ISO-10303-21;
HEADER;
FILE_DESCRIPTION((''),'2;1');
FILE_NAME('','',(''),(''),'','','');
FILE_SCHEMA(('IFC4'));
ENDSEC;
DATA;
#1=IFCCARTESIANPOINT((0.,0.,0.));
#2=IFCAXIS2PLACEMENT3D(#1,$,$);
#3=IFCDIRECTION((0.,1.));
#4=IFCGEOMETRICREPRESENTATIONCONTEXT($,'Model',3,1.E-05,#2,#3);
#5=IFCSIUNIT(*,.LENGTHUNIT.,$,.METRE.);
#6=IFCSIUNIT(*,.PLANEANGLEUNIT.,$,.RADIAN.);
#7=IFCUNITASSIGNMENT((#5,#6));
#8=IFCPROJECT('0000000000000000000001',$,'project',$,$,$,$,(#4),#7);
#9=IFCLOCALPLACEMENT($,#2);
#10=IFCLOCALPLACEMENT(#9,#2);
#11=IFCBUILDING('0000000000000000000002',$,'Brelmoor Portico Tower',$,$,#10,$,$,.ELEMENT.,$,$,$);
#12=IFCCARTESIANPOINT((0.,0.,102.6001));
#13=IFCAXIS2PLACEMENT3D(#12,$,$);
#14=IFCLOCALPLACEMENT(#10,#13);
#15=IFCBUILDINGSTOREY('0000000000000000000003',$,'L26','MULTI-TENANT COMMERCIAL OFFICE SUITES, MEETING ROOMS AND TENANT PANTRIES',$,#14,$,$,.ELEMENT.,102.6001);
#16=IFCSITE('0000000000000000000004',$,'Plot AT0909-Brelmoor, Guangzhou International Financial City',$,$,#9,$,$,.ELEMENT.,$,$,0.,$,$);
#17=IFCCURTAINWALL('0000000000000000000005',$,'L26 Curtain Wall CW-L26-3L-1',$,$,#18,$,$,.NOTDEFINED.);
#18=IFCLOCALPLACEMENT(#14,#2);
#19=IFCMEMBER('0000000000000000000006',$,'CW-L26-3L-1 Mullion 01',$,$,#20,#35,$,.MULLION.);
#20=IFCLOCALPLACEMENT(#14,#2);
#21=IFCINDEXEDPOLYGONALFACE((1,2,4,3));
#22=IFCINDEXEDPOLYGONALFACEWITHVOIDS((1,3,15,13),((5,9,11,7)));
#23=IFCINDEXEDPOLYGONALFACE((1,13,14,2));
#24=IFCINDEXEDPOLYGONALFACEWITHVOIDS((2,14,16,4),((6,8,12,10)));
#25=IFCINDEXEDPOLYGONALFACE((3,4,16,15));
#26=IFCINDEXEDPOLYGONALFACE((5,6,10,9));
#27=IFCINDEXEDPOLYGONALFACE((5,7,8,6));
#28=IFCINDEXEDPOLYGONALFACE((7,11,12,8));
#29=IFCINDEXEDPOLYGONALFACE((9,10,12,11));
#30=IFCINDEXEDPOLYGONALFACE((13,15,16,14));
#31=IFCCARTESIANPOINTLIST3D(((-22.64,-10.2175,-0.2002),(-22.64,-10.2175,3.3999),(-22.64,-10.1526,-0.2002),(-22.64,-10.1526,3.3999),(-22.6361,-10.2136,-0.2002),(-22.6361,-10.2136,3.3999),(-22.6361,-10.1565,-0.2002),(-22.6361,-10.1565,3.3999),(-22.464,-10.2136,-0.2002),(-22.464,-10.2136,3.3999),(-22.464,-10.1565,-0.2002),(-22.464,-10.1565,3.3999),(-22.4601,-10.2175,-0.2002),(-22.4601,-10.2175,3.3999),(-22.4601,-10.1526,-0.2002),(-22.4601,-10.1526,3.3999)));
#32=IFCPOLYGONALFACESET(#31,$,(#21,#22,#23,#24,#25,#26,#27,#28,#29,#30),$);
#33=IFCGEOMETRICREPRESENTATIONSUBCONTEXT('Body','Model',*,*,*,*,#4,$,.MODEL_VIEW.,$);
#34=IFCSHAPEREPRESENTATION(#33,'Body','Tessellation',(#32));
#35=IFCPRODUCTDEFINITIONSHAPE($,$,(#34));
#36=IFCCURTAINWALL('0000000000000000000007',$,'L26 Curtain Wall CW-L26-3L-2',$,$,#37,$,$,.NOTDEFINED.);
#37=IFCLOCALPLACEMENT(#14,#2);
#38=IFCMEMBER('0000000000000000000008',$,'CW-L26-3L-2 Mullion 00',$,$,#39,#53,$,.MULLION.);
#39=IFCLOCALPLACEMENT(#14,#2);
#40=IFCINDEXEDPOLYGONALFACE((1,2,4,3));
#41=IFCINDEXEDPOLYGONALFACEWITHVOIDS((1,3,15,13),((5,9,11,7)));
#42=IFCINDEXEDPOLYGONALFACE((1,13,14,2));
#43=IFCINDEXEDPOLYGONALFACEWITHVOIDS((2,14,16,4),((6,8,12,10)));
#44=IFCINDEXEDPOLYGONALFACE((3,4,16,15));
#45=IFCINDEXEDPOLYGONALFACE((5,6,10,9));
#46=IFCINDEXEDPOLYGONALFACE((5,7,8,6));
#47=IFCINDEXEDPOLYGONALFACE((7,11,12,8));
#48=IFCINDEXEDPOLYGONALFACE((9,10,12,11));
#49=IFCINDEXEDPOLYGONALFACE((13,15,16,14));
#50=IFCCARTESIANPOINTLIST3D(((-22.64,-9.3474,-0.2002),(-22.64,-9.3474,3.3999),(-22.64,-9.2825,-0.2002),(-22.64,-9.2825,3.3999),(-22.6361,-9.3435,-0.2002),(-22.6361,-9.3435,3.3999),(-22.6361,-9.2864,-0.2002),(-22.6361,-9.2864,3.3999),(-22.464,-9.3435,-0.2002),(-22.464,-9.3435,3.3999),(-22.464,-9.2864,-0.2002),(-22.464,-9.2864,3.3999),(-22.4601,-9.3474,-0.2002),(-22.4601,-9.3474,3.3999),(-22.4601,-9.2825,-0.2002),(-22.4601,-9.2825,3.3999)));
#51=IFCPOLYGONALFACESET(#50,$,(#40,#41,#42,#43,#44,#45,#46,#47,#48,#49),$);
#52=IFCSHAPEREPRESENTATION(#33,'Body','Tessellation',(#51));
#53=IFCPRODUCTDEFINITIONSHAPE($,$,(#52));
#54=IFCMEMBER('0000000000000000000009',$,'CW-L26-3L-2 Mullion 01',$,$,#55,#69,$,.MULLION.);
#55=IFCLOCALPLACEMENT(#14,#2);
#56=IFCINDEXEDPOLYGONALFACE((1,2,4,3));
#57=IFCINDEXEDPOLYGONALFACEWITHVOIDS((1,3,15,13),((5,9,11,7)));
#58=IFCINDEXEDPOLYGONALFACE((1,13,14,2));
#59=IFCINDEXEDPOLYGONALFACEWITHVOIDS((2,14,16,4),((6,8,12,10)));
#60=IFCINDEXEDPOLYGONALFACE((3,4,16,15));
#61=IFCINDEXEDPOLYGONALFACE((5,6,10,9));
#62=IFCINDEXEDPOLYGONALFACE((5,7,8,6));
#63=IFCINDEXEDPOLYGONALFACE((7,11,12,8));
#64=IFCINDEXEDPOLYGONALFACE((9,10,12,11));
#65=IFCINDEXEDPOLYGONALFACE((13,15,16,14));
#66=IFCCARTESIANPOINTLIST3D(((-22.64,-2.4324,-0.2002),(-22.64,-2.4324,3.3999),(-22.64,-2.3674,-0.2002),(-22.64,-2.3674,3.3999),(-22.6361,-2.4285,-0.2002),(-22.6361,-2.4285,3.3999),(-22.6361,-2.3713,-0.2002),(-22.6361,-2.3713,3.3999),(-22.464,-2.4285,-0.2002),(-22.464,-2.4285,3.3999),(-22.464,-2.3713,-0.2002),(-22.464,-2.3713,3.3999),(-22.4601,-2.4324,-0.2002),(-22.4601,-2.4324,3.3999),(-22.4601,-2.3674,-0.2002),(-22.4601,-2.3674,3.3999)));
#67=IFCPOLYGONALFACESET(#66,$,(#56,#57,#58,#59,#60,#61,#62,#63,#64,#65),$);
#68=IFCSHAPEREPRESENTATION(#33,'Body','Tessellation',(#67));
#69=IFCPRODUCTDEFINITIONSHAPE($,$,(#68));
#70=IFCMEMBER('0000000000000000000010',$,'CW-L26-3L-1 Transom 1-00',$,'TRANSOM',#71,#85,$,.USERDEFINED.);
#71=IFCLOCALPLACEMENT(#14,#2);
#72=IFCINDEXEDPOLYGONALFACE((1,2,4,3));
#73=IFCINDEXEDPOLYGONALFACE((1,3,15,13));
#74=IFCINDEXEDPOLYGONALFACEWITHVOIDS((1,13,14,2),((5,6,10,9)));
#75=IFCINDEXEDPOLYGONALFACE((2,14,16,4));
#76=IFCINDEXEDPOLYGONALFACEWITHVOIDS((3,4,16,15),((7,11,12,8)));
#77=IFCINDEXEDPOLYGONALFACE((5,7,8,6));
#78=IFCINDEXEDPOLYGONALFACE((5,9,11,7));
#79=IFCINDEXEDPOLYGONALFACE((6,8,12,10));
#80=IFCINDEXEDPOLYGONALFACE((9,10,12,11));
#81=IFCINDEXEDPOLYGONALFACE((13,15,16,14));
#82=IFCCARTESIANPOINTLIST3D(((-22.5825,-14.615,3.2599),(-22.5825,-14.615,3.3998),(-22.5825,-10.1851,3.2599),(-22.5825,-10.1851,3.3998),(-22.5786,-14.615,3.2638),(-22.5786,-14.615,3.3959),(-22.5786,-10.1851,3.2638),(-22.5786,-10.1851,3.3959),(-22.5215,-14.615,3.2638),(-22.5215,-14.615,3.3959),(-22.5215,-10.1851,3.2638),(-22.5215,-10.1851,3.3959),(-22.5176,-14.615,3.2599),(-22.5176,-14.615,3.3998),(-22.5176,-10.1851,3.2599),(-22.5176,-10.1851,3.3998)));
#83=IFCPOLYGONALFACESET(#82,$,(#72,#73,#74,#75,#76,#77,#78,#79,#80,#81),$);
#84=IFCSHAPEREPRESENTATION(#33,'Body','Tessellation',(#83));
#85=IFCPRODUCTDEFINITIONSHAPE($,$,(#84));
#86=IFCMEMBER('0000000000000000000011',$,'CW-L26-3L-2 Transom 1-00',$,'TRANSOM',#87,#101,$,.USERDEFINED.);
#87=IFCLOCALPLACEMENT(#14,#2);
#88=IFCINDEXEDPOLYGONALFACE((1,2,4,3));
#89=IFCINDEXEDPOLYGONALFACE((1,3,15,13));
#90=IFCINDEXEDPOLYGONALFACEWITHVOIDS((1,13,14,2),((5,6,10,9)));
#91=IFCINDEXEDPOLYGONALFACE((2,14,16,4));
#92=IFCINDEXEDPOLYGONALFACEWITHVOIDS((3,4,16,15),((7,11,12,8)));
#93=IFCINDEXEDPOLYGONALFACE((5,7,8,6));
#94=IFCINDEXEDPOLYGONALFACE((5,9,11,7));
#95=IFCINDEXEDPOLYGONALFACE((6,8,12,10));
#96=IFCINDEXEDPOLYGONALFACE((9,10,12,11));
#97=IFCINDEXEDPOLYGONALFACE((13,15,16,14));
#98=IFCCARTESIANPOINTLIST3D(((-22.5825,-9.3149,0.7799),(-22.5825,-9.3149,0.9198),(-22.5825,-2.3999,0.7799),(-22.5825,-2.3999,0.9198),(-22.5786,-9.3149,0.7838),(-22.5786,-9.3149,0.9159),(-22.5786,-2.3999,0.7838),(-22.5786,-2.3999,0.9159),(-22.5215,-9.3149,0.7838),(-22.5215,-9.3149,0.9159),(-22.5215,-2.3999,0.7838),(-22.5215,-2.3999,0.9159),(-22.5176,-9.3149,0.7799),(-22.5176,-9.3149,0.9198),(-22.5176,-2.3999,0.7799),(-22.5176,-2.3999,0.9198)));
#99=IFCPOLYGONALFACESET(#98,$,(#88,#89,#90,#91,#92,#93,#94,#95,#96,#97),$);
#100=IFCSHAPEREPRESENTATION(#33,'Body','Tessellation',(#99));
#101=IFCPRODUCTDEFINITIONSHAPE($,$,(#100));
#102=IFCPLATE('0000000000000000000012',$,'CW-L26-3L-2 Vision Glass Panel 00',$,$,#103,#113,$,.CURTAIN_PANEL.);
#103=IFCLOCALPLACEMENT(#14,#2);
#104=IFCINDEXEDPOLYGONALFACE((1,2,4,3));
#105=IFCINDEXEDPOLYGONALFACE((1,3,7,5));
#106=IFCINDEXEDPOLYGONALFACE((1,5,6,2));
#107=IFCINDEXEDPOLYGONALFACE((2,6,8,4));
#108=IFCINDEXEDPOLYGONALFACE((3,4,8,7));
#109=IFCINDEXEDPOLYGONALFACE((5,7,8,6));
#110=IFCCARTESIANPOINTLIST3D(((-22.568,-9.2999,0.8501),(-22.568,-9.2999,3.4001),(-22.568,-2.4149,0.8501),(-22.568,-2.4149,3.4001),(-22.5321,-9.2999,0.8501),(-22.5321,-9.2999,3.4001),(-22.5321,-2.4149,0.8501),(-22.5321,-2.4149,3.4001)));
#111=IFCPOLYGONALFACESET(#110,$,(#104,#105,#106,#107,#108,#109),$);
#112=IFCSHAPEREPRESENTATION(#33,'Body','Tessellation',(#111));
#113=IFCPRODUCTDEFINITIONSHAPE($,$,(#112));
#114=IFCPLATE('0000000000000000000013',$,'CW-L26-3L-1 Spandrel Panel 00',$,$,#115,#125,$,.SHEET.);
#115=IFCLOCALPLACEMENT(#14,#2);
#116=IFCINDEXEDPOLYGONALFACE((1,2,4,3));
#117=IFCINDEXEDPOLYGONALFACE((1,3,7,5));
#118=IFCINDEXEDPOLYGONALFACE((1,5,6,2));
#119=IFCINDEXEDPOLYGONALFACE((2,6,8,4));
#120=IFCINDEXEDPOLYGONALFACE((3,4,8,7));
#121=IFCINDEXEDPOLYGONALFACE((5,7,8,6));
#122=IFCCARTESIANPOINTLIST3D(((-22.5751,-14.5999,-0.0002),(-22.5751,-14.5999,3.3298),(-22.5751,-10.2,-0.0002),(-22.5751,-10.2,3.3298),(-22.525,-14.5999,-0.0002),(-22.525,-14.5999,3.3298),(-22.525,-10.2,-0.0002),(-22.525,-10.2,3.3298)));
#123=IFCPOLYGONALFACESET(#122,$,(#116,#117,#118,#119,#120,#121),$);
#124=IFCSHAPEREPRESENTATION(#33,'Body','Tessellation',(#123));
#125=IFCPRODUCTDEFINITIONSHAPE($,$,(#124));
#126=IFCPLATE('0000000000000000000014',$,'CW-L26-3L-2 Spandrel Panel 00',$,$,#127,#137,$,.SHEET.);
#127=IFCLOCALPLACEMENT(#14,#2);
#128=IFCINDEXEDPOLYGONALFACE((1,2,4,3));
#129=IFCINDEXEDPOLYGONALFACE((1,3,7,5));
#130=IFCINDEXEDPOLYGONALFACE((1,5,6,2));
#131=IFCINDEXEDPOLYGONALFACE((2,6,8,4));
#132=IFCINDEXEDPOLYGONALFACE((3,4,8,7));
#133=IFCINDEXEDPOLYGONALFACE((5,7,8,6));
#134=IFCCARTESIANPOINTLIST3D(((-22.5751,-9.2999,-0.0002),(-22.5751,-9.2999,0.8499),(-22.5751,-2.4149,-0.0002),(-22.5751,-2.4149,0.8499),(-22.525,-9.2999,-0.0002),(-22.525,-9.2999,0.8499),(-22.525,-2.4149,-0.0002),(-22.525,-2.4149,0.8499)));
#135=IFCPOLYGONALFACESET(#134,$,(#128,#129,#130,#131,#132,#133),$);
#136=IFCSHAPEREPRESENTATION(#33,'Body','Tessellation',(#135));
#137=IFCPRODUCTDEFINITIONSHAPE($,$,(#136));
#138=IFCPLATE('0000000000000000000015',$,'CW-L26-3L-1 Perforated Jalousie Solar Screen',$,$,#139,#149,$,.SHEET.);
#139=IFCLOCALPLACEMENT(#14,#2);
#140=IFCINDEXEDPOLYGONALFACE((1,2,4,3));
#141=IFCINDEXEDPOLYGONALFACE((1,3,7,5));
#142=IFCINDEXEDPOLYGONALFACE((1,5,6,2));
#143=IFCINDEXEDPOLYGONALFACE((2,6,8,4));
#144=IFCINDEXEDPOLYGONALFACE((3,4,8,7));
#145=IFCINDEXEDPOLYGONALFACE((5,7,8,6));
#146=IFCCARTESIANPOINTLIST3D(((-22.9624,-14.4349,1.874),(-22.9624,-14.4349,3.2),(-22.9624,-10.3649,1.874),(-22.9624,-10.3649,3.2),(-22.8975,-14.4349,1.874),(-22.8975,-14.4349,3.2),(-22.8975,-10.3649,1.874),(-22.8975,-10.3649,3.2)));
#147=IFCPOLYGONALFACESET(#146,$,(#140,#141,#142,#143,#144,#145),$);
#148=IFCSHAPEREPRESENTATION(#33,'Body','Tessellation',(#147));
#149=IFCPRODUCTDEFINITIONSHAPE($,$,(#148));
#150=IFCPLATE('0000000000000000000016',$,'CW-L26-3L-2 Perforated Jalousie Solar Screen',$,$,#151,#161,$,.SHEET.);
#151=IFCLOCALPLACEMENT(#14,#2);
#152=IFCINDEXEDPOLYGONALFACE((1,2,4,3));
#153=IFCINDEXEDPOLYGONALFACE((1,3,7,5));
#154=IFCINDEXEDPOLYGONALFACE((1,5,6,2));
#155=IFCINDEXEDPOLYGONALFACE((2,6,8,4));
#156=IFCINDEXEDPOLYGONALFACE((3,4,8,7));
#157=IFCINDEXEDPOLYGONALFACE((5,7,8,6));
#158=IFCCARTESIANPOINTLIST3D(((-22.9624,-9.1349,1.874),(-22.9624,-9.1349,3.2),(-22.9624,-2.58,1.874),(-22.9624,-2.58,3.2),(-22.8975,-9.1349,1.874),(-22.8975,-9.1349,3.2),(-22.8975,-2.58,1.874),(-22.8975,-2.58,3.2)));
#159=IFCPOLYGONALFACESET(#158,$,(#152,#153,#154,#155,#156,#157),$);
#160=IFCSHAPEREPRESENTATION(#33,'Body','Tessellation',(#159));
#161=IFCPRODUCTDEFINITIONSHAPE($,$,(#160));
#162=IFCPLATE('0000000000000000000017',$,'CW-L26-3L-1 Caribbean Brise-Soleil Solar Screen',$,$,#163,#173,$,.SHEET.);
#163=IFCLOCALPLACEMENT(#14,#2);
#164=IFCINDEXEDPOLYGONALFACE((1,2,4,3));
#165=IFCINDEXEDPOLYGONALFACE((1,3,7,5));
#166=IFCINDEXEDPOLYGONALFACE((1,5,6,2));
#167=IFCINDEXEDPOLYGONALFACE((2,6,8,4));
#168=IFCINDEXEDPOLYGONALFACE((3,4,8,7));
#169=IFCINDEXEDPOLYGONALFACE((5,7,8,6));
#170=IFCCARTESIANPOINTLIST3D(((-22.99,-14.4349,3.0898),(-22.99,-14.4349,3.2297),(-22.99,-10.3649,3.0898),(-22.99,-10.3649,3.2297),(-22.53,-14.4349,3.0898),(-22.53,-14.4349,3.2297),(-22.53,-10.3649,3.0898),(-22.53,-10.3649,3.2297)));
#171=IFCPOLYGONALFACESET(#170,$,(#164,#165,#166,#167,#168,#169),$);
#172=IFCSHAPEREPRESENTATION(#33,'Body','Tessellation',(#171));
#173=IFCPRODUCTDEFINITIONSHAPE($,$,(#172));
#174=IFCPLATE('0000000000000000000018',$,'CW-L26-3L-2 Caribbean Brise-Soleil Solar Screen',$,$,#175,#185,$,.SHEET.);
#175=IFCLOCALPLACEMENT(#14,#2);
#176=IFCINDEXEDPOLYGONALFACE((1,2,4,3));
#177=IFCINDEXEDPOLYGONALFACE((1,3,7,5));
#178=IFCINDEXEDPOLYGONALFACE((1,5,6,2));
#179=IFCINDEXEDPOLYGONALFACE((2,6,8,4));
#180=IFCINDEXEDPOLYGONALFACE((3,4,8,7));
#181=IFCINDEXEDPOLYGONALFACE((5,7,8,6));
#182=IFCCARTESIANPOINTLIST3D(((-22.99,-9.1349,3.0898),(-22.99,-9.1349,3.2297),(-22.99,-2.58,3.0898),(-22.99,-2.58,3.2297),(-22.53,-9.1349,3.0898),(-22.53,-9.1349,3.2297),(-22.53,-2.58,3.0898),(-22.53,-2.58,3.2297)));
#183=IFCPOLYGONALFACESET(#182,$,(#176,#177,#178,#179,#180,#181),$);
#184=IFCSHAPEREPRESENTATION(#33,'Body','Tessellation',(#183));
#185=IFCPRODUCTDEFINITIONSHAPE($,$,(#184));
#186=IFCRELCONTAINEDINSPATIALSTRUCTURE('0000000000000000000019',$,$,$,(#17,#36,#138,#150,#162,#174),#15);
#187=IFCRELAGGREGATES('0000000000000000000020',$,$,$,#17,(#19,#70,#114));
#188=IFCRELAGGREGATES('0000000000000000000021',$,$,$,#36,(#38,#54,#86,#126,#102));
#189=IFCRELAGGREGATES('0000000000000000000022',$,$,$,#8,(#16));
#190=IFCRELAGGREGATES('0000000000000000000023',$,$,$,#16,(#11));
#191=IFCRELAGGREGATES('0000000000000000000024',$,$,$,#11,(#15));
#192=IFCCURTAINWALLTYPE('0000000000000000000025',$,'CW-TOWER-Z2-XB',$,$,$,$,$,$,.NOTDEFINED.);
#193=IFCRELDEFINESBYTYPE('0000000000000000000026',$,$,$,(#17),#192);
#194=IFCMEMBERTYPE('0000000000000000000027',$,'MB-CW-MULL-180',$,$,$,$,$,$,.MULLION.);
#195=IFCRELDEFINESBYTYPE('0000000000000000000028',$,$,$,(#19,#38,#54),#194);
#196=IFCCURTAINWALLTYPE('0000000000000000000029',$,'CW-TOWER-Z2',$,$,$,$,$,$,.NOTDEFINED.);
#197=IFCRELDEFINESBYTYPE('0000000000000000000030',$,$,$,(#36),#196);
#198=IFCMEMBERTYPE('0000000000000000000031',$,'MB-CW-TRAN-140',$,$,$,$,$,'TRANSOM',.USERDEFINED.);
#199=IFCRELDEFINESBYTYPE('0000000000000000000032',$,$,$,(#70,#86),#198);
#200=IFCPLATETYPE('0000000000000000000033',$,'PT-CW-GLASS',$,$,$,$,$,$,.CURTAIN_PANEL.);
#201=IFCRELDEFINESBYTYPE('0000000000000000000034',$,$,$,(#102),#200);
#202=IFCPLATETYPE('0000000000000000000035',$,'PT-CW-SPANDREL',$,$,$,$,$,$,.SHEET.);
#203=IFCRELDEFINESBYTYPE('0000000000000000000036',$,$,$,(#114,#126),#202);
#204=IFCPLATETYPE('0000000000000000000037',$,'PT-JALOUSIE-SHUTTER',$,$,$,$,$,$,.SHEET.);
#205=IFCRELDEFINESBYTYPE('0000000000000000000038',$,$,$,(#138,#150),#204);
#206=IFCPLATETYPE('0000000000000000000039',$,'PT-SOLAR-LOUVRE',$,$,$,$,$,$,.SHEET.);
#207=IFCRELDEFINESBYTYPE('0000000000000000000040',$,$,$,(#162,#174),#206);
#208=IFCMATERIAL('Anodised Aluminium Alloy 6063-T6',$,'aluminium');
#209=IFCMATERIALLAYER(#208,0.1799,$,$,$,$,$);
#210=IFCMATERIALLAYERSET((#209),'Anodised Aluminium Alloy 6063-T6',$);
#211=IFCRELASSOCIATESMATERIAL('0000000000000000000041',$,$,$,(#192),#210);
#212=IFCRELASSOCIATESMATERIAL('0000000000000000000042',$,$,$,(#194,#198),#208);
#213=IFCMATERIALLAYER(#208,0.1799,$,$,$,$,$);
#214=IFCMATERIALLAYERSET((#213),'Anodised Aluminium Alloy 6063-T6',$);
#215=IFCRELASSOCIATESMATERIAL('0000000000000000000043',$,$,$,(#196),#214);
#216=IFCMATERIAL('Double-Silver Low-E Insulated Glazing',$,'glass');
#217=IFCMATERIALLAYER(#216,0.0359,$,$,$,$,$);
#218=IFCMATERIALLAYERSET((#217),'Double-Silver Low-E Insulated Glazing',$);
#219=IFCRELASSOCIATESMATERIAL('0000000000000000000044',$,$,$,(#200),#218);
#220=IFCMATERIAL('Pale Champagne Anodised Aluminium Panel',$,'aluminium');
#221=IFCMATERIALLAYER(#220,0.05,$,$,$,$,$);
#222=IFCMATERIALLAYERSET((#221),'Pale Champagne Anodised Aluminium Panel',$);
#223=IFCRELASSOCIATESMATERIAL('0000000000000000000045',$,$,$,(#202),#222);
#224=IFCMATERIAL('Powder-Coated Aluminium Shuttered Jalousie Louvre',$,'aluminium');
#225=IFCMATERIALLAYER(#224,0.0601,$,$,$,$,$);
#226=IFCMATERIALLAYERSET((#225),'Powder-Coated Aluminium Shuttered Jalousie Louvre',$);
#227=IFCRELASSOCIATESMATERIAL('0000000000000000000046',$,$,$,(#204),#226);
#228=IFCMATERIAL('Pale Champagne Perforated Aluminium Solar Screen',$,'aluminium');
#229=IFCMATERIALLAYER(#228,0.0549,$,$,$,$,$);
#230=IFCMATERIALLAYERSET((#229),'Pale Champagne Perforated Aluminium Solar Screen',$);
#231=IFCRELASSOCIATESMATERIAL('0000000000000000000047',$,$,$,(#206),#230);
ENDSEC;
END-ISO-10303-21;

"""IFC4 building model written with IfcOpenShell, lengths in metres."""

from ifc_helpers import new_model, si_unit, direction, frame, origin, origin_2d, place, context, subcontext, project, spatial, rectangle, hollow_rectangle, extrude, material, layer, layer_set, material_profile, profile_set, type_object, element, aggregate, save


model = new_model("IFC4")

# Units and contexts
model_context = context("Model", 3, precision=1e-05, world=origin(), true_north=direction((0.0, 1.0)))
body_context = subcontext(model_context, "Body", "Model", "MODEL_VIEW")
ifc_project = project(units=[si_unit("LENGTHUNIT", "METRE"), si_unit("PLANEANGLEUNIT", "RADIAN")], contexts=[model_context])

# Site, building, storey
site_placement = place(None, origin())
site = spatial("IfcSite", under=ifc_project, at=site_placement, Name="Plot AT0909-Brelmoor, Guangzhou International Financial City", CompositionType="ELEMENT", RefElevation=0.0)
building_placement = place(site_placement, origin())
building = spatial("IfcBuilding", under=site, at=building_placement, Name="Brelmoor Portico Tower", CompositionType="ELEMENT")
storey_placement = place(building_placement, frame((0.0, 0.0, 102.6001)))
storey = spatial("IfcBuildingStorey", under=building, at=storey_placement, Name="L26", Description="MULTI-TENANT COMMERCIAL OFFICE SUITES, MEETING ROOMS AND TENANT PANTRIES", CompositionType="ELEMENT", Elevation=102.6001)

# Shared definitions
ifc_material_1 = material(Name="Anodised Aluminium Alloy 6063-T6", Category="aluminium")

# Curtain walls, members
ifc_layer_1 = layer(ifc_material_1, 0.1799)
ifc_layer_set_1 = layer_set([ifc_layer_1], Name="Anodised Aluminium Alloy 6063-T6")
curtain_wall_type_1 = type_object("IfcCurtainWallType", Name="CW-TOWER-Z2-XB", PredefinedType="NOTDEFINED", material=ifc_layer_set_1)
curtain_wall_1_placement = place(storey_placement, origin())
curtain_wall_1 = element("IfcCurtainWall", 1, at=curtain_wall_1_placement, inside=storey, type_object=curtain_wall_type_1, Name="L26 Curtain Wall CW-L26-3L-1", PredefinedType="NOTDEFINED")
ifc_material_profile_1 = material_profile(ifc_material_1, hollow_rectangle(XDim=0.0649, YDim=0.1799, WallThickness=0.0039, at=origin_2d()), Name="ALU MULLION 65x180")
ifc_profile_set_1 = profile_set([ifc_material_profile_1], Name="Anodised Aluminium Alloy 6063-T6")
member_type_1 = type_object("IfcMemberType", Name="MB-CW-MULL-180", PredefinedType="MULLION", material=ifc_profile_set_1)
member_1_placement = place(storey_placement, frame((-22.55, -10.1851, -0.2002), z_axis=(0.0, 0.0, 1.0), x_axis=(0.0, 1.0, 0.0)))
member_1 = element("IfcMember", 2, at=member_1_placement, type_object=member_type_1, Name="CW-L26-3L-1 Mullion 01", PredefinedType="MULLION", context=body_context, shape_type="SweptSolid", body=[
    extrude(hollow_rectangle(XDim=0.0649, YDim=0.1799, WallThickness=0.0039, at=origin_2d()), origin(), (0.0, 0.0, 1.0), 3.6001),
])
ifc_layer_2 = layer(ifc_material_1, 0.1799)
ifc_layer_set_2 = layer_set([ifc_layer_2], Name="Anodised Aluminium Alloy 6063-T6")
curtain_wall_type_2 = type_object("IfcCurtainWallType", Name="CW-TOWER-Z2", PredefinedType="NOTDEFINED", material=ifc_layer_set_2)
curtain_wall_2_placement = place(storey_placement, origin())
curtain_wall_2 = element("IfcCurtainWall", 3, at=curtain_wall_2_placement, inside=storey, type_object=curtain_wall_type_2, Name="L26 Curtain Wall CW-L26-3L-2", PredefinedType="NOTDEFINED")
member_2_placement = place(storey_placement, frame((-22.55, -9.3149, -0.2002), z_axis=(0.0, 0.0, 1.0), x_axis=(0.0, 1.0, 0.0)))
member_2 = element("IfcMember", 4, at=member_2_placement, type_object=member_type_1, Name="CW-L26-3L-2 Mullion 00", PredefinedType="MULLION", context=body_context, shape_type="SweptSolid", body=[
    extrude(hollow_rectangle(XDim=0.0649, YDim=0.1799, WallThickness=0.0039, at=origin_2d()), origin(), (0.0, 0.0, 1.0), 3.6001),
])
member_3_placement = place(storey_placement, frame((-22.55, -2.3999, -0.2002), z_axis=(0.0, 0.0, 1.0), x_axis=(0.0, 1.0, 0.0)))
member_3 = element("IfcMember", 5, at=member_3_placement, type_object=member_type_1, Name="CW-L26-3L-2 Mullion 01", PredefinedType="MULLION", context=body_context, shape_type="SweptSolid", body=[
    extrude(hollow_rectangle(XDim=0.0649, YDim=0.1799, WallThickness=0.0039, at=origin_2d()), origin(), (0.0, 0.0, 1.0), 3.6001),
])

# Members
ifc_material_profile_2 = material_profile(ifc_material_1, hollow_rectangle(XDim=0.0649, YDim=0.1399, WallThickness=0.0039, at=origin_2d()), Name="ALU TRANSOM 65x140")
ifc_profile_set_2 = profile_set([ifc_material_profile_2], Name="Anodised Aluminium Alloy 6063-T6")
member_type_2 = type_object("IfcMemberType", Name="MB-CW-TRAN-140", ElementType="TRANSOM", PredefinedType="USERDEFINED", material=ifc_profile_set_2)
member_4_placement = place(storey_placement, frame((-22.55, -14.615, 3.3298), z_axis=(0.0, 1.0, 0.0), x_axis=(-1.0, 0.0, 0.0)))
member_4 = element("IfcMember", 6, at=member_4_placement, type_object=member_type_2, Name="CW-L26-3L-1 Transom 1-00", ObjectType="TRANSOM", PredefinedType="USERDEFINED", context=body_context, shape_type="SweptSolid", body=[
    extrude(hollow_rectangle(XDim=0.0649, YDim=0.1399, WallThickness=0.0039, at=origin_2d()), origin(), (0.0, 0.0, 1.0), 4.4299),
])
member_5_placement = place(storey_placement, frame((-22.55, -9.3149, 0.8499), z_axis=(0.0, 1.0, 0.0), x_axis=(-1.0, 0.0, 0.0)))
member_5 = element("IfcMember", 7, at=member_5_placement, type_object=member_type_2, Name="CW-L26-3L-2 Transom 1-00", ObjectType="TRANSOM", PredefinedType="USERDEFINED", context=body_context, shape_type="SweptSolid", body=[
    extrude(hollow_rectangle(XDim=0.0649, YDim=0.1399, WallThickness=0.0039, at=origin_2d()), origin(), (0.0, 0.0, 1.0), 6.915),
])

# Plates
ifc_material_2 = material(Name="Double-Silver Low-E Insulated Glazing", Category="glass")
ifc_layer_3 = layer(ifc_material_2, 0.0359)
ifc_layer_set_3 = layer_set([ifc_layer_3], Name="Double-Silver Low-E Insulated Glazing")
plate_type_1 = type_object("IfcPlateType", Name="PT-CW-GLASS", PredefinedType="CURTAIN_PANEL", material=ifc_layer_set_3)
plate_1_placement = place(storey_placement, frame((-22.55, -5.8574, 0.8501), z_axis=(0.0, 0.0, 1.0), x_axis=(0.0, 1.0, 0.0)))
plate_1 = element("IfcPlate", 8, at=plate_1_placement, type_object=plate_type_1, Name="CW-L26-3L-2 Vision Glass Panel 00", PredefinedType="CURTAIN_PANEL", context=body_context, shape_type="SweptSolid", body=[
    extrude(rectangle(XDim=6.885, YDim=0.0359, at=origin_2d()), origin(), (0.0, 0.0, 1.0), 2.55),
])
ifc_material_3 = material(Name="Pale Champagne Anodised Aluminium Panel", Category="aluminium")
ifc_layer_4 = layer(ifc_material_3, 0.05)
ifc_layer_set_4 = layer_set([ifc_layer_4], Name="Pale Champagne Anodised Aluminium Panel")
plate_type_2 = type_object("IfcPlateType", Name="PT-CW-SPANDREL", PredefinedType="SHEET", material=ifc_layer_set_4)
plate_2_placement = place(storey_placement, frame((-22.55, -12.3999, -0.0002), z_axis=(0.0, 0.0, 1.0), x_axis=(0.0, 1.0, 0.0)))
plate_2 = element("IfcPlate", 9, at=plate_2_placement, type_object=plate_type_2, Name="CW-L26-3L-1 Spandrel Panel 00", PredefinedType="SHEET", context=body_context, shape_type="SweptSolid", body=[
    extrude(rectangle(XDim=4.3999, YDim=0.05, at=origin_2d()), origin(), (0.0, 0.0, 1.0), 3.3301),
])
aggregate(curtain_wall_1, [member_1, member_4, plate_2])
plate_3_placement = place(storey_placement, frame((-22.55, -5.8574, -0.0002), z_axis=(0.0, 0.0, 1.0), x_axis=(0.0, 1.0, 0.0)))
plate_3 = element("IfcPlate", 10, at=plate_3_placement, type_object=plate_type_2, Name="CW-L26-3L-2 Spandrel Panel 00", PredefinedType="SHEET", context=body_context, shape_type="SweptSolid", body=[
    extrude(rectangle(XDim=6.885, YDim=0.05, at=origin_2d()), origin(), (0.0, 0.0, 1.0), 0.8501),
])
aggregate(curtain_wall_2, [member_2, member_3, member_5, plate_3, plate_1])

# Plates
ifc_material_4 = material(Name="Powder-Coated Aluminium Shuttered Jalousie Louvre", Category="aluminium")
ifc_layer_5 = layer(ifc_material_4, 0.0601)
ifc_layer_set_5 = layer_set([ifc_layer_5], Name="Powder-Coated Aluminium Shuttered Jalousie Louvre")
plate_type_3 = type_object("IfcPlateType", Name="PT-JALOUSIE-SHUTTER", PredefinedType="SHEET", material=ifc_layer_set_5)
plate_4_placement = place(storey_placement, frame((-22.9299, -12.3999, 1.874), z_axis=(0.0, 0.0, 1.0), x_axis=(0.0, 1.0, 0.0)))
element("IfcPlate", 11, at=plate_4_placement, inside=storey, type_object=plate_type_3, Name="CW-L26-3L-1 Perforated Jalousie Solar Screen", PredefinedType="SHEET", context=body_context, shape_type="SweptSolid", body=[
    extrude(rectangle(XDim=4.0701, YDim=0.0649, at=origin_2d()), origin(), (0.0, 0.0, 1.0), 1.3259),
])
plate_5_placement = place(storey_placement, frame((-22.9299, -5.8574, 1.874), z_axis=(0.0, 0.0, 1.0), x_axis=(0.0, 1.0, 0.0)))
element("IfcPlate", 12, at=plate_5_placement, inside=storey, type_object=plate_type_3, Name="CW-L26-3L-2 Perforated Jalousie Solar Screen", PredefinedType="SHEET", context=body_context, shape_type="SweptSolid", body=[
    extrude(rectangle(XDim=6.5549, YDim=0.0649, at=origin_2d()), origin(), (0.0, 0.0, 1.0), 1.3259),
])
ifc_material_5 = material(Name="Pale Champagne Perforated Aluminium Solar Screen", Category="aluminium")
ifc_layer_6 = layer(ifc_material_5, 0.0549)
ifc_layer_set_6 = layer_set([ifc_layer_6], Name="Pale Champagne Perforated Aluminium Solar Screen")
plate_type_4 = type_object("IfcPlateType", Name="PT-SOLAR-LOUVRE", PredefinedType="SHEET", material=ifc_layer_set_6)
plate_6_placement = place(storey_placement, frame((-22.76, -12.3999, 3.0898), z_axis=(0.0, 0.0, 1.0), x_axis=(0.0, 1.0, 0.0)))
element("IfcPlate", 13, at=plate_6_placement, inside=storey, type_object=plate_type_4, Name="CW-L26-3L-1 Caribbean Brise-Soleil Solar Screen", PredefinedType="SHEET", context=body_context, shape_type="SweptSolid", body=[
    extrude(rectangle(XDim=4.0701, YDim=0.46, at=origin_2d()), origin(), (0.0, 0.0, 1.0), 0.1399),
])
plate_7_placement = place(storey_placement, frame((-22.76, -5.8574, 3.0898), z_axis=(0.0, 0.0, 1.0), x_axis=(0.0, 1.0, 0.0)))
element("IfcPlate", 14, at=plate_7_placement, inside=storey, type_object=plate_type_4, Name="CW-L26-3L-2 Caribbean Brise-Soleil Solar Screen", PredefinedType="SHEET", context=body_context, shape_type="SweptSolid", body=[
    extrude(rectangle(XDim=6.5549, YDim=0.46, at=origin_2d()), origin(), (0.0, 0.0, 1.0), 0.1399),
])

save(model, "model.ifc")
